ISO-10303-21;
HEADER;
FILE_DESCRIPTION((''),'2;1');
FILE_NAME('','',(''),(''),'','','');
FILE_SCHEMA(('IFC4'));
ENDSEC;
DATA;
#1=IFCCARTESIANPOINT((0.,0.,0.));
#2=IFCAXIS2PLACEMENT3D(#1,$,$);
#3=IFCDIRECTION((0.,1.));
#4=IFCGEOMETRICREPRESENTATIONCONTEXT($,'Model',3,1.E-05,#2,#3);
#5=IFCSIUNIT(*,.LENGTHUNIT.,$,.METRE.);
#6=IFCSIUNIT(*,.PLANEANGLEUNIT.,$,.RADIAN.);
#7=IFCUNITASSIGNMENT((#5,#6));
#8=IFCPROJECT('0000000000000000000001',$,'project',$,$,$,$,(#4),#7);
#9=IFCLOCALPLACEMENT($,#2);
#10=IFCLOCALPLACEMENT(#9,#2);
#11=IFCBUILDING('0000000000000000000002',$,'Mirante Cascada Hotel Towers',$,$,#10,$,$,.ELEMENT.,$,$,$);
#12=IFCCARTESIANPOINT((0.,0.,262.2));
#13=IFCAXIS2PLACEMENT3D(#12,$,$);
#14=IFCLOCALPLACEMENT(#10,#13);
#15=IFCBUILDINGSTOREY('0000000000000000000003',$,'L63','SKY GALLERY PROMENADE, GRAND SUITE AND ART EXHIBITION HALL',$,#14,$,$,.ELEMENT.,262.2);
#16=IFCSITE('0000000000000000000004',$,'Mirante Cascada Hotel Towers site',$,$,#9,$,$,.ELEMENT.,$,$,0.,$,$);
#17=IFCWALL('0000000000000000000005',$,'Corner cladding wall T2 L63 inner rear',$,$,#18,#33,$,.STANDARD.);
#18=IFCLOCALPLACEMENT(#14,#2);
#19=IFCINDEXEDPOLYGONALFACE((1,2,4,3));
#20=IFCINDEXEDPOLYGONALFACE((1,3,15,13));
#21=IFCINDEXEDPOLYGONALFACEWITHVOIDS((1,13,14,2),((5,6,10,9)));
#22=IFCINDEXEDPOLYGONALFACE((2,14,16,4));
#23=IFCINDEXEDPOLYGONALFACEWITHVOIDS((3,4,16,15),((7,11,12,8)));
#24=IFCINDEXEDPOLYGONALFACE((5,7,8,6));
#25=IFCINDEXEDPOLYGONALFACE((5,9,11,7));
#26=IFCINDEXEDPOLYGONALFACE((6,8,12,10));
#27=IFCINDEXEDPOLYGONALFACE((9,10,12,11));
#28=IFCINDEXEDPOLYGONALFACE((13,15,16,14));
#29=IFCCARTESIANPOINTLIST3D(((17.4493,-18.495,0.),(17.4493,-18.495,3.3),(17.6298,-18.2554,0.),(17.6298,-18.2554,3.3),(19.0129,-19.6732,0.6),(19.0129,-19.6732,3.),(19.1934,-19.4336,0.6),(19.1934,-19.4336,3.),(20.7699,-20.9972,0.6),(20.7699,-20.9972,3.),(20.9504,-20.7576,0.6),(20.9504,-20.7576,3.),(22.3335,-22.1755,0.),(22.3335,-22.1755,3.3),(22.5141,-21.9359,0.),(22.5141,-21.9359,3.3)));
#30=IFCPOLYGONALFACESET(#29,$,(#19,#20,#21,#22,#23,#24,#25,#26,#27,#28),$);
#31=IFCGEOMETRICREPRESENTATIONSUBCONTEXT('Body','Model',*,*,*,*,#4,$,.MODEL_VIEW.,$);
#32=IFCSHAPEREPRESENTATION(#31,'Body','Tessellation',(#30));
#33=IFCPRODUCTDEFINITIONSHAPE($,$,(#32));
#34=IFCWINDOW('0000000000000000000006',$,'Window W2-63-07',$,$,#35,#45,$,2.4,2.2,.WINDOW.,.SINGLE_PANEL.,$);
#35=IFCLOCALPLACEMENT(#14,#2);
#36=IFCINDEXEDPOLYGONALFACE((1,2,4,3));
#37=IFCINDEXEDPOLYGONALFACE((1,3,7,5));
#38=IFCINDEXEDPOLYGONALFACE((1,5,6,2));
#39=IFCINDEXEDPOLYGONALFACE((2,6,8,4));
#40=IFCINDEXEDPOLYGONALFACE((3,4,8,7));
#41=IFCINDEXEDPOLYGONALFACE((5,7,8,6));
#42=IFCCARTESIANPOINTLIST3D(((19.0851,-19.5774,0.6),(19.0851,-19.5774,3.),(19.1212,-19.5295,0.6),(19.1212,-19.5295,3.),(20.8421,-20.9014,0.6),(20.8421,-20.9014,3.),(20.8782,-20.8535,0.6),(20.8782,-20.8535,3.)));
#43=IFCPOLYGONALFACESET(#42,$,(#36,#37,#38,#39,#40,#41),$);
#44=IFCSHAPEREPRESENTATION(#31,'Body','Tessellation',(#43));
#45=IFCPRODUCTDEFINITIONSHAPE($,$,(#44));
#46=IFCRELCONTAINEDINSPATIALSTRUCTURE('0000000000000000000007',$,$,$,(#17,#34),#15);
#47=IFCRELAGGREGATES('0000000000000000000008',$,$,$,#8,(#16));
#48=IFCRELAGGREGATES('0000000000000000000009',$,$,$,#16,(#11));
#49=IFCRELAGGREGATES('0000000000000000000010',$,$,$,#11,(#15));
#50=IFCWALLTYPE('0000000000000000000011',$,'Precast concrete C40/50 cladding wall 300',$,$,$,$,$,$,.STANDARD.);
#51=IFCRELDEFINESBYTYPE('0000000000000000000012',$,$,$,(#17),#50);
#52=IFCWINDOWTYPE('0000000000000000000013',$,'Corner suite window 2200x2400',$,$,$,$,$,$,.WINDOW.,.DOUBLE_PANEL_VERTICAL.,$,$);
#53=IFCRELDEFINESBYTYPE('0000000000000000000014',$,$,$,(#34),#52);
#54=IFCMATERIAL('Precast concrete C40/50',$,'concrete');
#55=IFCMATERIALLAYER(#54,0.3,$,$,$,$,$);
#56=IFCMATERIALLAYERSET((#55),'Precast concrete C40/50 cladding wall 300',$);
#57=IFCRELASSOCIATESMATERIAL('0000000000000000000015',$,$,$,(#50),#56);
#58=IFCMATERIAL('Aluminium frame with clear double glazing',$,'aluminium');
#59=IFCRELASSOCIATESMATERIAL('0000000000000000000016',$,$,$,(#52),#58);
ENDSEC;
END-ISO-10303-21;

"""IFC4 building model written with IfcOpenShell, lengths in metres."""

from ifc_helpers import new_model, si_unit, direction, frame, frame_2d, origin, place, context, subcontext, project, spatial, rectangle, extrude, material, layer, layer_set, type_object, element, fill, save


model = new_model("IFC4")

# Units and contexts
model_context = context("Model", 3, precision=1e-05, world=origin(), true_north=direction((0.0, 1.0)))
body_context = subcontext(model_context, "Body", "Model", "MODEL_VIEW")
ifc_project = project(units=[si_unit("LENGTHUNIT", "METRE"), si_unit("PLANEANGLEUNIT", "RADIAN")], contexts=[model_context])

# Site, building, storey
site_placement = place(None, origin())
site = spatial("IfcSite", under=ifc_project, at=site_placement, Name="Mirante Cascada Hotel Towers site", CompositionType="ELEMENT", RefElevation=0.0)
building_placement = place(site_placement, origin())
building = spatial("IfcBuilding", under=site, at=building_placement, Name="Mirante Cascada Hotel Towers", CompositionType="ELEMENT")
storey_placement = place(building_placement, frame((0.0, 0.0, 262.2)))
storey = spatial("IfcBuildingStorey", under=building, at=storey_placement, Name="L63", Description="SKY GALLERY PROMENADE, GRAND SUITE AND ART EXHIBITION HALL", CompositionType="ELEMENT", Elevation=262.2)

# Shared definitions
ifc_material_1 = material(Name="Precast concrete C40/50", Category="concrete")
ifc_layer_1 = layer(ifc_material_1, 0.3)
ifc_layer_set_1 = layer_set([ifc_layer_1], Name="Precast concrete C40/50 cladding wall 300")
wall_type_1 = type_object("IfcWallType", Name="Precast concrete C40/50 cladding wall 300", PredefinedType="STANDARD", material=ifc_layer_set_1)

# Wall, opening, window
wall_1_placement = place(storey_placement, frame((17.5396, -18.3752, 0.0), z_axis=(0.0, 0.0, 1.0), x_axis=(0.798636, -0.601814, 0.0)))
wall_1 = element("IfcWall", 1, at=wall_1_placement, inside=storey, type_object=wall_type_1, Name="Corner cladding wall T2 L63 inner rear", PredefinedType="STANDARD", context=body_context, shape_type="SweptSolid", body=[
    extrude(rectangle(XDim=6.1157, YDim=0.3, at=frame_2d((3.0578, 0.0))), origin(), (0.0, 0.0, 1.0), 3.3),
])
opening_1_placement = place(wall_1_placement, frame((1.9578, 0.0, 0.6)))
opening_1 = element("IfcOpeningElement", 2, at=opening_1_placement, cuts=wall_1, PredefinedType="OPENING", context=body_context, shape_type="SweptSolid", body=[
    extrude(rectangle(XDim=2.2, YDim=2.4, at=frame_2d((1.1, 1.2))), frame((0.0, 0.15, 0.0), z_axis=(0.0, -1.0, 0.0), x_axis=(1.0, 0.0, 0.0)), (0.0, 0.0, 1.0), 0.3),
])
ifc_material_2 = material(Name="Aluminium frame with clear double glazing", Category="aluminium")
window_type_1 = type_object("IfcWindowType", Name="Corner suite window 2200x2400", PartitioningType="DOUBLE_PANEL_VERTICAL", PredefinedType="WINDOW", material=ifc_material_2)
window_1_placement = place(opening_1_placement, origin())
window_1 = element("IfcWindow", 3, at=window_1_placement, inside=storey, type_object=window_type_1, Name="Window W2-63-07", OverallHeight=2.4, OverallWidth=2.2, PartitioningType="SINGLE_PANEL", PredefinedType="WINDOW", context=body_context, shape_type="SweptSolid", body=[
    extrude(rectangle(XDim=2.2, YDim=2.4, at=frame_2d((1.1, 1.2))), frame((0.0, 0.03, 0.0), z_axis=(0.0, -1.0, 0.0), x_axis=(1.0, 0.0, 0.0)), (0.0, 0.0, 1.0), 0.06),
])
fill(opening_1, window_1)

save(model, "model.ifc")
